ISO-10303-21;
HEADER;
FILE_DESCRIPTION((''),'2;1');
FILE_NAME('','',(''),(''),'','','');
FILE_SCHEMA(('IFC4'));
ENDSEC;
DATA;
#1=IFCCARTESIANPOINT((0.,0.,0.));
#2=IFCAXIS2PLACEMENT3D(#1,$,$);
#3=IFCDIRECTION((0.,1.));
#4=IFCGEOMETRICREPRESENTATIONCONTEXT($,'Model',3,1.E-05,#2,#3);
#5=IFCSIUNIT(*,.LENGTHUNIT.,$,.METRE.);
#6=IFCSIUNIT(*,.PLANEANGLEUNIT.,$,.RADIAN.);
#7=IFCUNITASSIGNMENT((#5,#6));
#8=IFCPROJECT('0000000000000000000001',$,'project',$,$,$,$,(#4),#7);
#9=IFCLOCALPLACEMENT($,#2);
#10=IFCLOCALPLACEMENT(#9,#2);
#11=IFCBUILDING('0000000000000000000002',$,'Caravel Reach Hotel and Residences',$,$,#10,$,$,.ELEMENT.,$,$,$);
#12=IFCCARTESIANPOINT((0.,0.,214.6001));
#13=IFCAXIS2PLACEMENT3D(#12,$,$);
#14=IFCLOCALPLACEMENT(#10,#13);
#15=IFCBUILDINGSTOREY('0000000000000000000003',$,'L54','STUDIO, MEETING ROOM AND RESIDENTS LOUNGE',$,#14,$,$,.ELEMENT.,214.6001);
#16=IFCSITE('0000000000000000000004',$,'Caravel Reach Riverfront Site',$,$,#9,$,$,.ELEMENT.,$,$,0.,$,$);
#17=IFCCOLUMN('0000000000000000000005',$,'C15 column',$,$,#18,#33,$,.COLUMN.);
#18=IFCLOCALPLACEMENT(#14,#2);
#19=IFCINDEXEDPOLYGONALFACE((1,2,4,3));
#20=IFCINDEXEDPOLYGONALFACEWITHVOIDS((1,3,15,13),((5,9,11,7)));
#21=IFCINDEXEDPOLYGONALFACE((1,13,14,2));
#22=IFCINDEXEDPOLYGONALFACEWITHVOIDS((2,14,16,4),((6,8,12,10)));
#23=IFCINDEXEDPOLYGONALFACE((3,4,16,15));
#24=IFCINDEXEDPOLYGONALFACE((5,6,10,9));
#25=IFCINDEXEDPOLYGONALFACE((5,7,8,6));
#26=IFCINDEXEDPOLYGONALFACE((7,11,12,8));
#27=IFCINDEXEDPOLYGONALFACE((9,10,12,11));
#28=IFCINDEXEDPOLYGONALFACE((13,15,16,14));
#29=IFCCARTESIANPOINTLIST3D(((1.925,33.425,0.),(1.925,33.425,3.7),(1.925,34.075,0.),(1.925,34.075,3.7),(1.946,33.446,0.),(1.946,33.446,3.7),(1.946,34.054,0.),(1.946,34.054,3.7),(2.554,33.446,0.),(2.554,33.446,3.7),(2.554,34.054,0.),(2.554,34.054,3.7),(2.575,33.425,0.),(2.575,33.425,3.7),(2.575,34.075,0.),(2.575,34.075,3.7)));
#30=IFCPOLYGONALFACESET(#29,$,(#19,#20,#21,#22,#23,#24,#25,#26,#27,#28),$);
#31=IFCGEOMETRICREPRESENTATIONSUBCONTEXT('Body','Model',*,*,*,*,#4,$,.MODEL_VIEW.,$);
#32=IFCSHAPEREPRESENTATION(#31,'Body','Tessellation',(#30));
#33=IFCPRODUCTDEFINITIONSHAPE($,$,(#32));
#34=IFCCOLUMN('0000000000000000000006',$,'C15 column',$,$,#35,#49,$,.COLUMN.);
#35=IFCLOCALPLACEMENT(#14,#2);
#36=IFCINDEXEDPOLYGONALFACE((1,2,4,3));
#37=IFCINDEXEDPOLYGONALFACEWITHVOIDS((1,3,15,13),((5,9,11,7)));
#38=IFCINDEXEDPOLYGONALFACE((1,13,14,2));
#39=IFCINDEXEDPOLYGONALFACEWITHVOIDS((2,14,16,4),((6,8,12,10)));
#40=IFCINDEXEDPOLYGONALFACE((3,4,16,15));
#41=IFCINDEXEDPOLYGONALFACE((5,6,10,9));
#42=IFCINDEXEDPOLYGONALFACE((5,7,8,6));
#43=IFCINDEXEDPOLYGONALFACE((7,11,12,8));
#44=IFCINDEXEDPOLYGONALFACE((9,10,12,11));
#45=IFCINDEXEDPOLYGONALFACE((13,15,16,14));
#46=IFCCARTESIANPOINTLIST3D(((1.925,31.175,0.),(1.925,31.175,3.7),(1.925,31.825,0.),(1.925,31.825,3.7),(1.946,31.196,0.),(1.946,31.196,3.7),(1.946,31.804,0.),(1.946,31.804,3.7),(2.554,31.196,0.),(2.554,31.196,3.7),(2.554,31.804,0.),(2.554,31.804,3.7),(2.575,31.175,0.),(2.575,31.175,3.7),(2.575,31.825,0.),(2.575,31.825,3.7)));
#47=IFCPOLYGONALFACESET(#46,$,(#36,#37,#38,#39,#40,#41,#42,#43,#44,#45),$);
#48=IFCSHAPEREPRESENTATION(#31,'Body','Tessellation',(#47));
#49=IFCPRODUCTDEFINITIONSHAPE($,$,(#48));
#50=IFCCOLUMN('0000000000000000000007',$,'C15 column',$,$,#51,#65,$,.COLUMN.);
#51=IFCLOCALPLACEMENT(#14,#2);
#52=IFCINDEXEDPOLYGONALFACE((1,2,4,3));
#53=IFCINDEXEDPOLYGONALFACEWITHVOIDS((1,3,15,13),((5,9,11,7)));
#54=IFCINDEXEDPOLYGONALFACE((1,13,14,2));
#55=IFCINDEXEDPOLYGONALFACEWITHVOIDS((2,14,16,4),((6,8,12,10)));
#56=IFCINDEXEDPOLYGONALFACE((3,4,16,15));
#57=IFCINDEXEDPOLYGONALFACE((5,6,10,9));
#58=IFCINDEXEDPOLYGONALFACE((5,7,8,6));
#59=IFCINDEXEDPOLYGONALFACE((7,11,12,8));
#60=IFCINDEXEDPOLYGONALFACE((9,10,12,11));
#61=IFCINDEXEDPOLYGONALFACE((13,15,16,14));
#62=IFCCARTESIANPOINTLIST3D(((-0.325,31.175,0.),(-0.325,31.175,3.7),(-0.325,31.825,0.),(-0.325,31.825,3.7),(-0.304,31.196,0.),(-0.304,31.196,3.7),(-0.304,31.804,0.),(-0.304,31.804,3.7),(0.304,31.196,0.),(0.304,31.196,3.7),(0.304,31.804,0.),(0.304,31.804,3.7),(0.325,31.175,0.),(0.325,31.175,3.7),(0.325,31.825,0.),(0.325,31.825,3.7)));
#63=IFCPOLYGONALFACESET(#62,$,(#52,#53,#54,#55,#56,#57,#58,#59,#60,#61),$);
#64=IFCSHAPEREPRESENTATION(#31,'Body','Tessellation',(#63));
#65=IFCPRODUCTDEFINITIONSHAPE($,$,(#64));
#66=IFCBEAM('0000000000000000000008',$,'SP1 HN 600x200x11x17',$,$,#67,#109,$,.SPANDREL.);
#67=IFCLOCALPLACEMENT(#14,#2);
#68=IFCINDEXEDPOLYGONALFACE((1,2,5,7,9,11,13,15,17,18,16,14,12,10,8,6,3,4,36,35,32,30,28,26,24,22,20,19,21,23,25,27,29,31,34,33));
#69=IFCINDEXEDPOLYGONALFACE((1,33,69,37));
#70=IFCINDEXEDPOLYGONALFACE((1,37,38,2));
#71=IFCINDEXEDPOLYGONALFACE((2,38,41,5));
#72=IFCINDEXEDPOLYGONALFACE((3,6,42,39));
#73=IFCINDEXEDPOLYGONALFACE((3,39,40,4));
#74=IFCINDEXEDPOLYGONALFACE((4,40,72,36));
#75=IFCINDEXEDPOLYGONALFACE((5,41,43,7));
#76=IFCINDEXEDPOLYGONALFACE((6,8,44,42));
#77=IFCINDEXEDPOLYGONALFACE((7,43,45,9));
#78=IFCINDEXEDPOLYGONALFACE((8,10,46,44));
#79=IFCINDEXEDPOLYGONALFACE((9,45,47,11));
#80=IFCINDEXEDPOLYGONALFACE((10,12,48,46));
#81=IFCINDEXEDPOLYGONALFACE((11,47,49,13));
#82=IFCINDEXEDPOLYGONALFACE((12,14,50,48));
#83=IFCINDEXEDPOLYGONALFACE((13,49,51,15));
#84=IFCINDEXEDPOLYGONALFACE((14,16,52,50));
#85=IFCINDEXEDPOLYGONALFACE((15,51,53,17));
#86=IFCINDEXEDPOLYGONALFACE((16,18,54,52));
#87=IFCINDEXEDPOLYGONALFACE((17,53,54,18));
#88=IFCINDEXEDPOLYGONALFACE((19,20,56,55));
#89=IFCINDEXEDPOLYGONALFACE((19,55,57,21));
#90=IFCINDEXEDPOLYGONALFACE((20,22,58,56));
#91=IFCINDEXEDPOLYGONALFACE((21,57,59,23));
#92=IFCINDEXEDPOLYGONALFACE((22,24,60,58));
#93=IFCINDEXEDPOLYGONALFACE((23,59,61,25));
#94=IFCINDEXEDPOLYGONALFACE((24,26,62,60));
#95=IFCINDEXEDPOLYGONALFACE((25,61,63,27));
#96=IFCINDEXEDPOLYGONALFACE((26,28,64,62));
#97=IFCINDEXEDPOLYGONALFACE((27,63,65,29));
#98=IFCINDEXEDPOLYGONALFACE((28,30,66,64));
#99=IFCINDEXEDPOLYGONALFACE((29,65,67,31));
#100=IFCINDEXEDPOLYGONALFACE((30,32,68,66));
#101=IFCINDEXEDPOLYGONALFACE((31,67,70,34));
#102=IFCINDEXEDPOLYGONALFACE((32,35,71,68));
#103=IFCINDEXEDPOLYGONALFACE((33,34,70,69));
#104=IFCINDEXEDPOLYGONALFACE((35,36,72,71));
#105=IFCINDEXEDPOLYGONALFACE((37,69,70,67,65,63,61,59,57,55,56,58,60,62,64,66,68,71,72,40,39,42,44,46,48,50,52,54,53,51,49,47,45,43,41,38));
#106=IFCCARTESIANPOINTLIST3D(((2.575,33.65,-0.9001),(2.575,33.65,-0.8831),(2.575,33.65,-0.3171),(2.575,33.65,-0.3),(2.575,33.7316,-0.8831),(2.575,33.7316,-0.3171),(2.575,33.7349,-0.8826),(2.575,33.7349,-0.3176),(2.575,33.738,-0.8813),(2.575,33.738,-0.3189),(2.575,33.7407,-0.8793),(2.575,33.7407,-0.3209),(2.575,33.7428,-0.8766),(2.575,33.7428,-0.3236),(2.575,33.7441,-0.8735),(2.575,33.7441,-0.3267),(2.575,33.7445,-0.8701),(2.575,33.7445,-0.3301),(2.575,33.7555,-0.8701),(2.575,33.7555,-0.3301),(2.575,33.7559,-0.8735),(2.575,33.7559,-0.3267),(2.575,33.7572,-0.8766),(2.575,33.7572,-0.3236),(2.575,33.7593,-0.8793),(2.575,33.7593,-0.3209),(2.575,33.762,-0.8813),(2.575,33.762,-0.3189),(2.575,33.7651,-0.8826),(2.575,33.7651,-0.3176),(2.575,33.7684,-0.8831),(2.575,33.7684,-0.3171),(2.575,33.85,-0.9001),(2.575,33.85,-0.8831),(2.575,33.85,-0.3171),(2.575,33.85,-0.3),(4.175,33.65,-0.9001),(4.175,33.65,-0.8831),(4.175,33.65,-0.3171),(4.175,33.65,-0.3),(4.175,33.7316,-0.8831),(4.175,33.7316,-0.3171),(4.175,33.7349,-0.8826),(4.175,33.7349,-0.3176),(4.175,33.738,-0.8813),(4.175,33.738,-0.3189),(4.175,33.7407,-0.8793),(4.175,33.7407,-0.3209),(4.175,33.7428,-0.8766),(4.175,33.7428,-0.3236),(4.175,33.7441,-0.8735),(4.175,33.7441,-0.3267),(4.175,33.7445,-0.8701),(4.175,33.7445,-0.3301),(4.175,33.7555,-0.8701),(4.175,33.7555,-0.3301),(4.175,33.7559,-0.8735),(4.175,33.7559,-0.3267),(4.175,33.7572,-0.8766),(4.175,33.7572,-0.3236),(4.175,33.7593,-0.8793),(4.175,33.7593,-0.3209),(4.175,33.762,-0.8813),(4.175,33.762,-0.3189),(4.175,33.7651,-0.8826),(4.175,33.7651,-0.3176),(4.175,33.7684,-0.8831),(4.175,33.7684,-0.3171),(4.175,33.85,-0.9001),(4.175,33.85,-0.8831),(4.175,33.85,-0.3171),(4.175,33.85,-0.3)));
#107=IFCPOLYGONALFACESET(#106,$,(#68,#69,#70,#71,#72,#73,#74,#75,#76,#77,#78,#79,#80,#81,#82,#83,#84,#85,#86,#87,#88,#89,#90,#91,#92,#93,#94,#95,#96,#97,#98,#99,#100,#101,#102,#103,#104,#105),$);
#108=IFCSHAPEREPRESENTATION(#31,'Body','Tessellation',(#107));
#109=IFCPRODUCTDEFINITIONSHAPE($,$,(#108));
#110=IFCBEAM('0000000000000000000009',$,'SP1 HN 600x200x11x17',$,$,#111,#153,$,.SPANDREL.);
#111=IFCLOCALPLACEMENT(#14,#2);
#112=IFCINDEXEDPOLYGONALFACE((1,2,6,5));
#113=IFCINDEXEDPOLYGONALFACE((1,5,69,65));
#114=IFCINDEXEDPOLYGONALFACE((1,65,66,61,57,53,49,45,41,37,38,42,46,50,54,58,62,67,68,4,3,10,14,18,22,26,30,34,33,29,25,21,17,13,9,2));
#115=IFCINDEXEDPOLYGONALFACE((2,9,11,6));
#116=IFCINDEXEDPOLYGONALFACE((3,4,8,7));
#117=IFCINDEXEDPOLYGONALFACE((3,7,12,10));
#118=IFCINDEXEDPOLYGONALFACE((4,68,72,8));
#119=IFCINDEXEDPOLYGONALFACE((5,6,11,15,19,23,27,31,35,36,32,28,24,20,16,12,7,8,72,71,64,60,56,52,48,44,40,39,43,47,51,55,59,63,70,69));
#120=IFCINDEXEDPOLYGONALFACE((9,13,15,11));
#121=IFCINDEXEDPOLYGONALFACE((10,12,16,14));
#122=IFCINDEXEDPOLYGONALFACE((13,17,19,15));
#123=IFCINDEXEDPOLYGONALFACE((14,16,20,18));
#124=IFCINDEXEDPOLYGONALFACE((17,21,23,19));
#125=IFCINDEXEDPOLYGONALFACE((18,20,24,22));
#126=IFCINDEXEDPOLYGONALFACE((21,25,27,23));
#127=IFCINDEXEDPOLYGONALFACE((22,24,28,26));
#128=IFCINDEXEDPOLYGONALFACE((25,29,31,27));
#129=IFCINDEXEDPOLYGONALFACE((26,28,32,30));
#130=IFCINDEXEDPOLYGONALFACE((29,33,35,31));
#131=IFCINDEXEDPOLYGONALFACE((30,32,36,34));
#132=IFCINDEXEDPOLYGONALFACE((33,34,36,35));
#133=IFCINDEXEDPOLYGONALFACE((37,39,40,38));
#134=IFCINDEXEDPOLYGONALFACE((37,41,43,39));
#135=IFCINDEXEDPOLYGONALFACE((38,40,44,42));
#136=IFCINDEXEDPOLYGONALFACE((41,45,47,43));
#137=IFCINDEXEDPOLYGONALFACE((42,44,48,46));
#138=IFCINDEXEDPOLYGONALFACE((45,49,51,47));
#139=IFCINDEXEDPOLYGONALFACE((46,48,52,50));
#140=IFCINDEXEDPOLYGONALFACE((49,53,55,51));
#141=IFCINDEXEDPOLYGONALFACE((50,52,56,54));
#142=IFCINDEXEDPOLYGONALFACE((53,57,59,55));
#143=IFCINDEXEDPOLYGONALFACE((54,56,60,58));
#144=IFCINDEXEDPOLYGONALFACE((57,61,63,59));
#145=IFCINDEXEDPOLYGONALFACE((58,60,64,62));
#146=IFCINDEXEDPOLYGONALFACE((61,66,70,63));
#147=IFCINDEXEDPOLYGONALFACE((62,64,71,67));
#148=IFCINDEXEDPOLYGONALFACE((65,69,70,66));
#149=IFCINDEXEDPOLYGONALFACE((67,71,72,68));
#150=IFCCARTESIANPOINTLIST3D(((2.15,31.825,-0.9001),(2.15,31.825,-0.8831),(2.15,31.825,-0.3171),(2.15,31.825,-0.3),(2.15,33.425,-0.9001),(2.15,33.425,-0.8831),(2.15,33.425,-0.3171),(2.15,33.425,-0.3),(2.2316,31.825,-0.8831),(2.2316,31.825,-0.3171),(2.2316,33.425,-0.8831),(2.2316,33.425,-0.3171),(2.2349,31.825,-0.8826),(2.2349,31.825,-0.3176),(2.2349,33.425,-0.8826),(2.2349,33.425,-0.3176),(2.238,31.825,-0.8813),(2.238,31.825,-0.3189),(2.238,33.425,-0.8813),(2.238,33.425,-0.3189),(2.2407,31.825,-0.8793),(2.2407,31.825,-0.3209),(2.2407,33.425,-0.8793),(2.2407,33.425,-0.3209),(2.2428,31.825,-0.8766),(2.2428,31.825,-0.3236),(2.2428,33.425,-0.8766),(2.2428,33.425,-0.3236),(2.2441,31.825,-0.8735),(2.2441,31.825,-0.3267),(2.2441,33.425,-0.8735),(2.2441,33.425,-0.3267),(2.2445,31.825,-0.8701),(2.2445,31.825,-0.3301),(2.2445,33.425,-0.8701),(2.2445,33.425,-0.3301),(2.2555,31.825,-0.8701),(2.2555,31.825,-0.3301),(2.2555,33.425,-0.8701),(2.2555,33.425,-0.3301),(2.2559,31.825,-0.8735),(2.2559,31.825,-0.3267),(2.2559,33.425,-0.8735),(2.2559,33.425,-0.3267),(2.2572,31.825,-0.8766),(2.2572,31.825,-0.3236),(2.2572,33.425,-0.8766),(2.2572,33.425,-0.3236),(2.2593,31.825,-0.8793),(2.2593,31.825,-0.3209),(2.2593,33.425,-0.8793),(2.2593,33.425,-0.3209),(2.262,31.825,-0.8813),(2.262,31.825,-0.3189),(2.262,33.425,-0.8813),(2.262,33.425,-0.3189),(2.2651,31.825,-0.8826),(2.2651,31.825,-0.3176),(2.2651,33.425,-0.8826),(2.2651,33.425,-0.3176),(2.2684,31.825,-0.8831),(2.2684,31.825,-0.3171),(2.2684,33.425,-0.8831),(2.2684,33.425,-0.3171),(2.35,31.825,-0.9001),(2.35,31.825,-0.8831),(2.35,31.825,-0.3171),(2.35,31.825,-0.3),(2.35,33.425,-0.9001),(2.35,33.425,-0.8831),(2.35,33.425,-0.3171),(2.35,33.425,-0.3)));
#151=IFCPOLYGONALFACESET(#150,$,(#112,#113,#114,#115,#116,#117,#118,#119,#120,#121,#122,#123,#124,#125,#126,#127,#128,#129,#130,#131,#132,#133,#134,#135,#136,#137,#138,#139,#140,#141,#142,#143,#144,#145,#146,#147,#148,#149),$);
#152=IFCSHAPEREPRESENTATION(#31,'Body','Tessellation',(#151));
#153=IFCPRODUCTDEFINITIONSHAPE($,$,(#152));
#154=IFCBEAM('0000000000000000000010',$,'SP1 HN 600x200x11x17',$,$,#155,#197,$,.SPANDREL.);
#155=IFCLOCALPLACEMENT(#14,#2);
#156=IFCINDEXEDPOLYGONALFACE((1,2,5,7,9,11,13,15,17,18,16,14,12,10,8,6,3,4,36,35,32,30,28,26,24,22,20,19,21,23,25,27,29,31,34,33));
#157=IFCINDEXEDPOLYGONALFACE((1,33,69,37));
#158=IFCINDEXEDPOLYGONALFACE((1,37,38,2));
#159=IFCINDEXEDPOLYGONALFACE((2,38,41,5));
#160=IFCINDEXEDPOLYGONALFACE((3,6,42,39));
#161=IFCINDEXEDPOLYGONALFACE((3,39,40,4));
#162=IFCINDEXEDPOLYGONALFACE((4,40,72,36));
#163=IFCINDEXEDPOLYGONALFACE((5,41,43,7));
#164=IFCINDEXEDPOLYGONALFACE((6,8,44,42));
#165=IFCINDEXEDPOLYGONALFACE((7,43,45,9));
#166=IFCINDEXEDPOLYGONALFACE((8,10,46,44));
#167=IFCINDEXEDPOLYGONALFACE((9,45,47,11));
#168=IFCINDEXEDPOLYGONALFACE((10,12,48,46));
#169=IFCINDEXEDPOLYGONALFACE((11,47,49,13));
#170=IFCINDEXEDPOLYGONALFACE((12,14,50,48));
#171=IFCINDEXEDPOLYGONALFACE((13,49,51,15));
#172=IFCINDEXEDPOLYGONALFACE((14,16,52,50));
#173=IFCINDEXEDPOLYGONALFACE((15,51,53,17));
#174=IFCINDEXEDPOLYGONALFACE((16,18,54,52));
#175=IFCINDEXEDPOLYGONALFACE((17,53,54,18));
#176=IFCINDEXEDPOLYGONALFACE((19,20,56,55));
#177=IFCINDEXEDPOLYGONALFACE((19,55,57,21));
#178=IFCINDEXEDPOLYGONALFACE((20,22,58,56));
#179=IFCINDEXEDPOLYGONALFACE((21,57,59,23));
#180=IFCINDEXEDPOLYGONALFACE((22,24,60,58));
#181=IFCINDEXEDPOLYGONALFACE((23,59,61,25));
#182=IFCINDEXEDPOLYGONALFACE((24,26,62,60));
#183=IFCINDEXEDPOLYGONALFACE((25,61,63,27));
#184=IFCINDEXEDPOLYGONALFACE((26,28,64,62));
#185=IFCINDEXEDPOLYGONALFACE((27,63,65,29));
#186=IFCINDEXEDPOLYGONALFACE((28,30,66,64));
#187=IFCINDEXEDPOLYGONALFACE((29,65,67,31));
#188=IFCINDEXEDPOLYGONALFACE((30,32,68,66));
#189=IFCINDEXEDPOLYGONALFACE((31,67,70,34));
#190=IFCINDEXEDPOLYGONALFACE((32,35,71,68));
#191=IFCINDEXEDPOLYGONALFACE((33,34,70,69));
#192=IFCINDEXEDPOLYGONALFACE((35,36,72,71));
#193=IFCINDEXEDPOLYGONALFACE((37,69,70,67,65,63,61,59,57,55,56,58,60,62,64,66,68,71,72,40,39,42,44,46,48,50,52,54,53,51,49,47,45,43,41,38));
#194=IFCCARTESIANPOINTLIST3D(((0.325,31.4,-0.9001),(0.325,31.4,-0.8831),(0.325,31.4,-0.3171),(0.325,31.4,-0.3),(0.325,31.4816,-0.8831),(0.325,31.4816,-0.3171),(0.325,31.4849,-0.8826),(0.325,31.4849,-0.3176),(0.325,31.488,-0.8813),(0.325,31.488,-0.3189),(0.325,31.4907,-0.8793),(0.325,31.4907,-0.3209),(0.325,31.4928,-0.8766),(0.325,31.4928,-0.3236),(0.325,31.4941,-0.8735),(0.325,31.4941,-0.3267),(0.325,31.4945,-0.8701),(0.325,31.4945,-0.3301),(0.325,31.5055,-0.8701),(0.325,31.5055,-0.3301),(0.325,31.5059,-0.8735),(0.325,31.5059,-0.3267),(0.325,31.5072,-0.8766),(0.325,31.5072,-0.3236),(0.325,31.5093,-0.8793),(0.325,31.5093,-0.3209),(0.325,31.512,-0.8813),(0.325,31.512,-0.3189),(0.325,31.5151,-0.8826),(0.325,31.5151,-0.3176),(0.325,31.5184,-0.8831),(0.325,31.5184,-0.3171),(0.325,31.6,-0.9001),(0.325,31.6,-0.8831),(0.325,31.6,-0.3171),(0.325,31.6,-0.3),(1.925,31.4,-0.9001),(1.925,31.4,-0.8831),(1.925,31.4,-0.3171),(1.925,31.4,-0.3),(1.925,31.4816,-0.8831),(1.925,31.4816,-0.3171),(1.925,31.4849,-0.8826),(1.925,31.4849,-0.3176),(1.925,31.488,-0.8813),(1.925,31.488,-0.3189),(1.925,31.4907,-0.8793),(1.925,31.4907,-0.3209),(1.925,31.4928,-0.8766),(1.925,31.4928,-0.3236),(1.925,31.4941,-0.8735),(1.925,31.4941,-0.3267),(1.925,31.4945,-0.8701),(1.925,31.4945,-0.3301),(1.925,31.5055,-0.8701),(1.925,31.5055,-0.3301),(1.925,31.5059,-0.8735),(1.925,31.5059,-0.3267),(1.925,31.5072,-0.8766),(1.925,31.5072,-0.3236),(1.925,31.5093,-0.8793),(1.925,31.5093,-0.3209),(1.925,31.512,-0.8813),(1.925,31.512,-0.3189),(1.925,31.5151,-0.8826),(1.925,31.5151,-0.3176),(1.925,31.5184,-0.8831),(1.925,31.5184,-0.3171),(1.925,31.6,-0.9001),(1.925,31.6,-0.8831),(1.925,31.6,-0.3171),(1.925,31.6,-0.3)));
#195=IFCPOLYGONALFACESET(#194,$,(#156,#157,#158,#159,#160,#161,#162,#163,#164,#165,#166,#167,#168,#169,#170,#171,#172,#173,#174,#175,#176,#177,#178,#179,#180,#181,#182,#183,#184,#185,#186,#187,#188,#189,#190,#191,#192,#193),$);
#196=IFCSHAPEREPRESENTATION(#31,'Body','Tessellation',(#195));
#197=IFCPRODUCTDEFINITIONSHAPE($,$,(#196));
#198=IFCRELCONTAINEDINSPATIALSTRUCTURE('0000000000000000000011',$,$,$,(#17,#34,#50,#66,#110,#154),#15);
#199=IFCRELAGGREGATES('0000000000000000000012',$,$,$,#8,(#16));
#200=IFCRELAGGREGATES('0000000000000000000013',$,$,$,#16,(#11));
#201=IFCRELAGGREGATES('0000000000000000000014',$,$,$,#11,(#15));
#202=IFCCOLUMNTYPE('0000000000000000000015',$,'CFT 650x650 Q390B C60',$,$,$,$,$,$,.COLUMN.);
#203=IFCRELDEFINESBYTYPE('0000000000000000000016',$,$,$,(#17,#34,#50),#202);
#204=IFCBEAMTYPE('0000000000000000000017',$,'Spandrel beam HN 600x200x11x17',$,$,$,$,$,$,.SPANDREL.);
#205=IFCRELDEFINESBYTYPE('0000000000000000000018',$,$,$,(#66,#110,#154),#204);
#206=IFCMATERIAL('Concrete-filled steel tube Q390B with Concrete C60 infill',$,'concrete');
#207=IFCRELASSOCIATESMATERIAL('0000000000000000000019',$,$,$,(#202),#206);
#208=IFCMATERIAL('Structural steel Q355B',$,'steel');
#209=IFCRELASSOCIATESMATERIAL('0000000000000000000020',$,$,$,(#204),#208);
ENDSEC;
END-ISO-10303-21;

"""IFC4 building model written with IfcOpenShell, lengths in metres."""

from ifc_helpers import new_model, si_unit, direction, frame, origin, origin_2d, place, context, subcontext, project, spatial, hollow_rectangle, i_section, extrude, material, material_profile, profile_set, type_object, element, save


model = new_model("IFC4")

# Units and contexts
model_context = context("Model", 3, precision=1e-05, world=origin(), true_north=direction((0.0, 1.0)))
body_context = subcontext(model_context, "Body", "Model", "MODEL_VIEW")
ifc_project = project(units=[si_unit("LENGTHUNIT", "METRE"), si_unit("PLANEANGLEUNIT", "RADIAN")], contexts=[model_context])

# Site, building, storey
site_placement = place(None, origin())
site = spatial("IfcSite", under=ifc_project, at=site_placement, Name="Caravel Reach Riverfront Site", CompositionType="ELEMENT", RefElevation=0.0)
building_placement = place(site_placement, origin())
building = spatial("IfcBuilding", under=site, at=building_placement, Name="Caravel Reach Hotel and Residences", CompositionType="ELEMENT")
storey_placement = place(building_placement, frame((0.0, 0.0, 214.6001)))
storey = spatial("IfcBuildingStorey", under=building, at=storey_placement, Name="L54", Description="STUDIO, MEETING ROOM AND RESIDENTS LOUNGE", CompositionType="ELEMENT", Elevation=214.6001)

# Columns
ifc_material_1 = material(Name="Concrete-filled steel tube Q390B with Concrete C60 infill", Category="concrete")
ifc_material_profile_1 = material_profile(ifc_material_1, hollow_rectangle(XDim=0.6499, YDim=0.6499, WallThickness=0.021, at=origin_2d()), Name="RHS 650x650x21")
ifc_profile_set_1 = profile_set([ifc_material_profile_1], Name="Concrete-filled steel tube Q390B with Concrete C60 infill")
column_type = type_object("IfcColumnType", Name="CFT 650x650 Q390B C60", PredefinedType="COLUMN", material=ifc_profile_set_1)
for number, where, z_axis, x_axis, name in (
    (1, (2.25, 33.75, 0.0), (0.0, 0.0, 1.0), (1.0, 0.0, 0.0), "C15 column"),
    (2, (2.25, 31.5, 0.0), (0.0, 0.0, 1.0), (1.0, 0.0, 0.0), "C15 column"),
    (3, (0.0, 31.5, 0.0), (0.0, 0.0, 1.0), (1.0, 0.0, 0.0), "C15 column"),
):
    element("IfcColumn", number, at=place(storey_placement, frame(where, z_axis=z_axis, x_axis=x_axis)), inside=storey, type_object=column_type, Name=name, PredefinedType="COLUMN", context=body_context, shape_type="SweptSolid", body=[
        extrude(hollow_rectangle(XDim=0.6499, YDim=0.6499, WallThickness=0.021, at=origin_2d()), origin(), (0.0, 0.0, 1.0), 3.7),
    ])

# Beams
ifc_material_2 = material(Name="Structural steel Q355B", Category="steel")
ifc_material_profile_2 = material_profile(ifc_material_2, i_section(OverallWidth=0.2, OverallDepth=0.6001, WebThickness=0.011, FlangeThickness=0.0171, FilletRadius=0.0129, at=origin_2d()), Name="HN 600x200x11x17")
ifc_profile_set_2 = profile_set([ifc_material_profile_2], Name="Structural steel Q355B")
beam_type = type_object("IfcBeamType", Name="Spandrel beam HN 600x200x11x17", PredefinedType="SPANDREL", material=ifc_profile_set_2)
for number, where, z_axis, x_axis, name in (
    (4, (4.175, 33.75, -0.6001), (-1.0, 0.0, 0.0), (0.0, -1.0, 0.0), "SP1 HN 600x200x11x17"),
    (5, (2.25, 33.425, -0.6001), (0.0, -1.0, 0.0), (1.0, 0.0, 0.0), "SP1 HN 600x200x11x17"),
    (6, (1.925, 31.5, -0.6001), (-1.0, 0.0, 0.0), (0.0, -1.0, 0.0), "SP1 HN 600x200x11x17"),
):
    element("IfcBeam", number, at=place(storey_placement, frame(where, z_axis=z_axis, x_axis=x_axis)), inside=storey, type_object=beam_type, Name=name, PredefinedType="SPANDREL", context=body_context, shape_type="SweptSolid", body=[
        extrude(i_section(OverallWidth=0.2, OverallDepth=0.6001, WebThickness=0.011, FlangeThickness=0.0171, FilletRadius=0.0129, at=origin_2d()), origin(), (0.0, 0.0, 1.0), 1.6001),
    ])

save(model, "model.ifc")
